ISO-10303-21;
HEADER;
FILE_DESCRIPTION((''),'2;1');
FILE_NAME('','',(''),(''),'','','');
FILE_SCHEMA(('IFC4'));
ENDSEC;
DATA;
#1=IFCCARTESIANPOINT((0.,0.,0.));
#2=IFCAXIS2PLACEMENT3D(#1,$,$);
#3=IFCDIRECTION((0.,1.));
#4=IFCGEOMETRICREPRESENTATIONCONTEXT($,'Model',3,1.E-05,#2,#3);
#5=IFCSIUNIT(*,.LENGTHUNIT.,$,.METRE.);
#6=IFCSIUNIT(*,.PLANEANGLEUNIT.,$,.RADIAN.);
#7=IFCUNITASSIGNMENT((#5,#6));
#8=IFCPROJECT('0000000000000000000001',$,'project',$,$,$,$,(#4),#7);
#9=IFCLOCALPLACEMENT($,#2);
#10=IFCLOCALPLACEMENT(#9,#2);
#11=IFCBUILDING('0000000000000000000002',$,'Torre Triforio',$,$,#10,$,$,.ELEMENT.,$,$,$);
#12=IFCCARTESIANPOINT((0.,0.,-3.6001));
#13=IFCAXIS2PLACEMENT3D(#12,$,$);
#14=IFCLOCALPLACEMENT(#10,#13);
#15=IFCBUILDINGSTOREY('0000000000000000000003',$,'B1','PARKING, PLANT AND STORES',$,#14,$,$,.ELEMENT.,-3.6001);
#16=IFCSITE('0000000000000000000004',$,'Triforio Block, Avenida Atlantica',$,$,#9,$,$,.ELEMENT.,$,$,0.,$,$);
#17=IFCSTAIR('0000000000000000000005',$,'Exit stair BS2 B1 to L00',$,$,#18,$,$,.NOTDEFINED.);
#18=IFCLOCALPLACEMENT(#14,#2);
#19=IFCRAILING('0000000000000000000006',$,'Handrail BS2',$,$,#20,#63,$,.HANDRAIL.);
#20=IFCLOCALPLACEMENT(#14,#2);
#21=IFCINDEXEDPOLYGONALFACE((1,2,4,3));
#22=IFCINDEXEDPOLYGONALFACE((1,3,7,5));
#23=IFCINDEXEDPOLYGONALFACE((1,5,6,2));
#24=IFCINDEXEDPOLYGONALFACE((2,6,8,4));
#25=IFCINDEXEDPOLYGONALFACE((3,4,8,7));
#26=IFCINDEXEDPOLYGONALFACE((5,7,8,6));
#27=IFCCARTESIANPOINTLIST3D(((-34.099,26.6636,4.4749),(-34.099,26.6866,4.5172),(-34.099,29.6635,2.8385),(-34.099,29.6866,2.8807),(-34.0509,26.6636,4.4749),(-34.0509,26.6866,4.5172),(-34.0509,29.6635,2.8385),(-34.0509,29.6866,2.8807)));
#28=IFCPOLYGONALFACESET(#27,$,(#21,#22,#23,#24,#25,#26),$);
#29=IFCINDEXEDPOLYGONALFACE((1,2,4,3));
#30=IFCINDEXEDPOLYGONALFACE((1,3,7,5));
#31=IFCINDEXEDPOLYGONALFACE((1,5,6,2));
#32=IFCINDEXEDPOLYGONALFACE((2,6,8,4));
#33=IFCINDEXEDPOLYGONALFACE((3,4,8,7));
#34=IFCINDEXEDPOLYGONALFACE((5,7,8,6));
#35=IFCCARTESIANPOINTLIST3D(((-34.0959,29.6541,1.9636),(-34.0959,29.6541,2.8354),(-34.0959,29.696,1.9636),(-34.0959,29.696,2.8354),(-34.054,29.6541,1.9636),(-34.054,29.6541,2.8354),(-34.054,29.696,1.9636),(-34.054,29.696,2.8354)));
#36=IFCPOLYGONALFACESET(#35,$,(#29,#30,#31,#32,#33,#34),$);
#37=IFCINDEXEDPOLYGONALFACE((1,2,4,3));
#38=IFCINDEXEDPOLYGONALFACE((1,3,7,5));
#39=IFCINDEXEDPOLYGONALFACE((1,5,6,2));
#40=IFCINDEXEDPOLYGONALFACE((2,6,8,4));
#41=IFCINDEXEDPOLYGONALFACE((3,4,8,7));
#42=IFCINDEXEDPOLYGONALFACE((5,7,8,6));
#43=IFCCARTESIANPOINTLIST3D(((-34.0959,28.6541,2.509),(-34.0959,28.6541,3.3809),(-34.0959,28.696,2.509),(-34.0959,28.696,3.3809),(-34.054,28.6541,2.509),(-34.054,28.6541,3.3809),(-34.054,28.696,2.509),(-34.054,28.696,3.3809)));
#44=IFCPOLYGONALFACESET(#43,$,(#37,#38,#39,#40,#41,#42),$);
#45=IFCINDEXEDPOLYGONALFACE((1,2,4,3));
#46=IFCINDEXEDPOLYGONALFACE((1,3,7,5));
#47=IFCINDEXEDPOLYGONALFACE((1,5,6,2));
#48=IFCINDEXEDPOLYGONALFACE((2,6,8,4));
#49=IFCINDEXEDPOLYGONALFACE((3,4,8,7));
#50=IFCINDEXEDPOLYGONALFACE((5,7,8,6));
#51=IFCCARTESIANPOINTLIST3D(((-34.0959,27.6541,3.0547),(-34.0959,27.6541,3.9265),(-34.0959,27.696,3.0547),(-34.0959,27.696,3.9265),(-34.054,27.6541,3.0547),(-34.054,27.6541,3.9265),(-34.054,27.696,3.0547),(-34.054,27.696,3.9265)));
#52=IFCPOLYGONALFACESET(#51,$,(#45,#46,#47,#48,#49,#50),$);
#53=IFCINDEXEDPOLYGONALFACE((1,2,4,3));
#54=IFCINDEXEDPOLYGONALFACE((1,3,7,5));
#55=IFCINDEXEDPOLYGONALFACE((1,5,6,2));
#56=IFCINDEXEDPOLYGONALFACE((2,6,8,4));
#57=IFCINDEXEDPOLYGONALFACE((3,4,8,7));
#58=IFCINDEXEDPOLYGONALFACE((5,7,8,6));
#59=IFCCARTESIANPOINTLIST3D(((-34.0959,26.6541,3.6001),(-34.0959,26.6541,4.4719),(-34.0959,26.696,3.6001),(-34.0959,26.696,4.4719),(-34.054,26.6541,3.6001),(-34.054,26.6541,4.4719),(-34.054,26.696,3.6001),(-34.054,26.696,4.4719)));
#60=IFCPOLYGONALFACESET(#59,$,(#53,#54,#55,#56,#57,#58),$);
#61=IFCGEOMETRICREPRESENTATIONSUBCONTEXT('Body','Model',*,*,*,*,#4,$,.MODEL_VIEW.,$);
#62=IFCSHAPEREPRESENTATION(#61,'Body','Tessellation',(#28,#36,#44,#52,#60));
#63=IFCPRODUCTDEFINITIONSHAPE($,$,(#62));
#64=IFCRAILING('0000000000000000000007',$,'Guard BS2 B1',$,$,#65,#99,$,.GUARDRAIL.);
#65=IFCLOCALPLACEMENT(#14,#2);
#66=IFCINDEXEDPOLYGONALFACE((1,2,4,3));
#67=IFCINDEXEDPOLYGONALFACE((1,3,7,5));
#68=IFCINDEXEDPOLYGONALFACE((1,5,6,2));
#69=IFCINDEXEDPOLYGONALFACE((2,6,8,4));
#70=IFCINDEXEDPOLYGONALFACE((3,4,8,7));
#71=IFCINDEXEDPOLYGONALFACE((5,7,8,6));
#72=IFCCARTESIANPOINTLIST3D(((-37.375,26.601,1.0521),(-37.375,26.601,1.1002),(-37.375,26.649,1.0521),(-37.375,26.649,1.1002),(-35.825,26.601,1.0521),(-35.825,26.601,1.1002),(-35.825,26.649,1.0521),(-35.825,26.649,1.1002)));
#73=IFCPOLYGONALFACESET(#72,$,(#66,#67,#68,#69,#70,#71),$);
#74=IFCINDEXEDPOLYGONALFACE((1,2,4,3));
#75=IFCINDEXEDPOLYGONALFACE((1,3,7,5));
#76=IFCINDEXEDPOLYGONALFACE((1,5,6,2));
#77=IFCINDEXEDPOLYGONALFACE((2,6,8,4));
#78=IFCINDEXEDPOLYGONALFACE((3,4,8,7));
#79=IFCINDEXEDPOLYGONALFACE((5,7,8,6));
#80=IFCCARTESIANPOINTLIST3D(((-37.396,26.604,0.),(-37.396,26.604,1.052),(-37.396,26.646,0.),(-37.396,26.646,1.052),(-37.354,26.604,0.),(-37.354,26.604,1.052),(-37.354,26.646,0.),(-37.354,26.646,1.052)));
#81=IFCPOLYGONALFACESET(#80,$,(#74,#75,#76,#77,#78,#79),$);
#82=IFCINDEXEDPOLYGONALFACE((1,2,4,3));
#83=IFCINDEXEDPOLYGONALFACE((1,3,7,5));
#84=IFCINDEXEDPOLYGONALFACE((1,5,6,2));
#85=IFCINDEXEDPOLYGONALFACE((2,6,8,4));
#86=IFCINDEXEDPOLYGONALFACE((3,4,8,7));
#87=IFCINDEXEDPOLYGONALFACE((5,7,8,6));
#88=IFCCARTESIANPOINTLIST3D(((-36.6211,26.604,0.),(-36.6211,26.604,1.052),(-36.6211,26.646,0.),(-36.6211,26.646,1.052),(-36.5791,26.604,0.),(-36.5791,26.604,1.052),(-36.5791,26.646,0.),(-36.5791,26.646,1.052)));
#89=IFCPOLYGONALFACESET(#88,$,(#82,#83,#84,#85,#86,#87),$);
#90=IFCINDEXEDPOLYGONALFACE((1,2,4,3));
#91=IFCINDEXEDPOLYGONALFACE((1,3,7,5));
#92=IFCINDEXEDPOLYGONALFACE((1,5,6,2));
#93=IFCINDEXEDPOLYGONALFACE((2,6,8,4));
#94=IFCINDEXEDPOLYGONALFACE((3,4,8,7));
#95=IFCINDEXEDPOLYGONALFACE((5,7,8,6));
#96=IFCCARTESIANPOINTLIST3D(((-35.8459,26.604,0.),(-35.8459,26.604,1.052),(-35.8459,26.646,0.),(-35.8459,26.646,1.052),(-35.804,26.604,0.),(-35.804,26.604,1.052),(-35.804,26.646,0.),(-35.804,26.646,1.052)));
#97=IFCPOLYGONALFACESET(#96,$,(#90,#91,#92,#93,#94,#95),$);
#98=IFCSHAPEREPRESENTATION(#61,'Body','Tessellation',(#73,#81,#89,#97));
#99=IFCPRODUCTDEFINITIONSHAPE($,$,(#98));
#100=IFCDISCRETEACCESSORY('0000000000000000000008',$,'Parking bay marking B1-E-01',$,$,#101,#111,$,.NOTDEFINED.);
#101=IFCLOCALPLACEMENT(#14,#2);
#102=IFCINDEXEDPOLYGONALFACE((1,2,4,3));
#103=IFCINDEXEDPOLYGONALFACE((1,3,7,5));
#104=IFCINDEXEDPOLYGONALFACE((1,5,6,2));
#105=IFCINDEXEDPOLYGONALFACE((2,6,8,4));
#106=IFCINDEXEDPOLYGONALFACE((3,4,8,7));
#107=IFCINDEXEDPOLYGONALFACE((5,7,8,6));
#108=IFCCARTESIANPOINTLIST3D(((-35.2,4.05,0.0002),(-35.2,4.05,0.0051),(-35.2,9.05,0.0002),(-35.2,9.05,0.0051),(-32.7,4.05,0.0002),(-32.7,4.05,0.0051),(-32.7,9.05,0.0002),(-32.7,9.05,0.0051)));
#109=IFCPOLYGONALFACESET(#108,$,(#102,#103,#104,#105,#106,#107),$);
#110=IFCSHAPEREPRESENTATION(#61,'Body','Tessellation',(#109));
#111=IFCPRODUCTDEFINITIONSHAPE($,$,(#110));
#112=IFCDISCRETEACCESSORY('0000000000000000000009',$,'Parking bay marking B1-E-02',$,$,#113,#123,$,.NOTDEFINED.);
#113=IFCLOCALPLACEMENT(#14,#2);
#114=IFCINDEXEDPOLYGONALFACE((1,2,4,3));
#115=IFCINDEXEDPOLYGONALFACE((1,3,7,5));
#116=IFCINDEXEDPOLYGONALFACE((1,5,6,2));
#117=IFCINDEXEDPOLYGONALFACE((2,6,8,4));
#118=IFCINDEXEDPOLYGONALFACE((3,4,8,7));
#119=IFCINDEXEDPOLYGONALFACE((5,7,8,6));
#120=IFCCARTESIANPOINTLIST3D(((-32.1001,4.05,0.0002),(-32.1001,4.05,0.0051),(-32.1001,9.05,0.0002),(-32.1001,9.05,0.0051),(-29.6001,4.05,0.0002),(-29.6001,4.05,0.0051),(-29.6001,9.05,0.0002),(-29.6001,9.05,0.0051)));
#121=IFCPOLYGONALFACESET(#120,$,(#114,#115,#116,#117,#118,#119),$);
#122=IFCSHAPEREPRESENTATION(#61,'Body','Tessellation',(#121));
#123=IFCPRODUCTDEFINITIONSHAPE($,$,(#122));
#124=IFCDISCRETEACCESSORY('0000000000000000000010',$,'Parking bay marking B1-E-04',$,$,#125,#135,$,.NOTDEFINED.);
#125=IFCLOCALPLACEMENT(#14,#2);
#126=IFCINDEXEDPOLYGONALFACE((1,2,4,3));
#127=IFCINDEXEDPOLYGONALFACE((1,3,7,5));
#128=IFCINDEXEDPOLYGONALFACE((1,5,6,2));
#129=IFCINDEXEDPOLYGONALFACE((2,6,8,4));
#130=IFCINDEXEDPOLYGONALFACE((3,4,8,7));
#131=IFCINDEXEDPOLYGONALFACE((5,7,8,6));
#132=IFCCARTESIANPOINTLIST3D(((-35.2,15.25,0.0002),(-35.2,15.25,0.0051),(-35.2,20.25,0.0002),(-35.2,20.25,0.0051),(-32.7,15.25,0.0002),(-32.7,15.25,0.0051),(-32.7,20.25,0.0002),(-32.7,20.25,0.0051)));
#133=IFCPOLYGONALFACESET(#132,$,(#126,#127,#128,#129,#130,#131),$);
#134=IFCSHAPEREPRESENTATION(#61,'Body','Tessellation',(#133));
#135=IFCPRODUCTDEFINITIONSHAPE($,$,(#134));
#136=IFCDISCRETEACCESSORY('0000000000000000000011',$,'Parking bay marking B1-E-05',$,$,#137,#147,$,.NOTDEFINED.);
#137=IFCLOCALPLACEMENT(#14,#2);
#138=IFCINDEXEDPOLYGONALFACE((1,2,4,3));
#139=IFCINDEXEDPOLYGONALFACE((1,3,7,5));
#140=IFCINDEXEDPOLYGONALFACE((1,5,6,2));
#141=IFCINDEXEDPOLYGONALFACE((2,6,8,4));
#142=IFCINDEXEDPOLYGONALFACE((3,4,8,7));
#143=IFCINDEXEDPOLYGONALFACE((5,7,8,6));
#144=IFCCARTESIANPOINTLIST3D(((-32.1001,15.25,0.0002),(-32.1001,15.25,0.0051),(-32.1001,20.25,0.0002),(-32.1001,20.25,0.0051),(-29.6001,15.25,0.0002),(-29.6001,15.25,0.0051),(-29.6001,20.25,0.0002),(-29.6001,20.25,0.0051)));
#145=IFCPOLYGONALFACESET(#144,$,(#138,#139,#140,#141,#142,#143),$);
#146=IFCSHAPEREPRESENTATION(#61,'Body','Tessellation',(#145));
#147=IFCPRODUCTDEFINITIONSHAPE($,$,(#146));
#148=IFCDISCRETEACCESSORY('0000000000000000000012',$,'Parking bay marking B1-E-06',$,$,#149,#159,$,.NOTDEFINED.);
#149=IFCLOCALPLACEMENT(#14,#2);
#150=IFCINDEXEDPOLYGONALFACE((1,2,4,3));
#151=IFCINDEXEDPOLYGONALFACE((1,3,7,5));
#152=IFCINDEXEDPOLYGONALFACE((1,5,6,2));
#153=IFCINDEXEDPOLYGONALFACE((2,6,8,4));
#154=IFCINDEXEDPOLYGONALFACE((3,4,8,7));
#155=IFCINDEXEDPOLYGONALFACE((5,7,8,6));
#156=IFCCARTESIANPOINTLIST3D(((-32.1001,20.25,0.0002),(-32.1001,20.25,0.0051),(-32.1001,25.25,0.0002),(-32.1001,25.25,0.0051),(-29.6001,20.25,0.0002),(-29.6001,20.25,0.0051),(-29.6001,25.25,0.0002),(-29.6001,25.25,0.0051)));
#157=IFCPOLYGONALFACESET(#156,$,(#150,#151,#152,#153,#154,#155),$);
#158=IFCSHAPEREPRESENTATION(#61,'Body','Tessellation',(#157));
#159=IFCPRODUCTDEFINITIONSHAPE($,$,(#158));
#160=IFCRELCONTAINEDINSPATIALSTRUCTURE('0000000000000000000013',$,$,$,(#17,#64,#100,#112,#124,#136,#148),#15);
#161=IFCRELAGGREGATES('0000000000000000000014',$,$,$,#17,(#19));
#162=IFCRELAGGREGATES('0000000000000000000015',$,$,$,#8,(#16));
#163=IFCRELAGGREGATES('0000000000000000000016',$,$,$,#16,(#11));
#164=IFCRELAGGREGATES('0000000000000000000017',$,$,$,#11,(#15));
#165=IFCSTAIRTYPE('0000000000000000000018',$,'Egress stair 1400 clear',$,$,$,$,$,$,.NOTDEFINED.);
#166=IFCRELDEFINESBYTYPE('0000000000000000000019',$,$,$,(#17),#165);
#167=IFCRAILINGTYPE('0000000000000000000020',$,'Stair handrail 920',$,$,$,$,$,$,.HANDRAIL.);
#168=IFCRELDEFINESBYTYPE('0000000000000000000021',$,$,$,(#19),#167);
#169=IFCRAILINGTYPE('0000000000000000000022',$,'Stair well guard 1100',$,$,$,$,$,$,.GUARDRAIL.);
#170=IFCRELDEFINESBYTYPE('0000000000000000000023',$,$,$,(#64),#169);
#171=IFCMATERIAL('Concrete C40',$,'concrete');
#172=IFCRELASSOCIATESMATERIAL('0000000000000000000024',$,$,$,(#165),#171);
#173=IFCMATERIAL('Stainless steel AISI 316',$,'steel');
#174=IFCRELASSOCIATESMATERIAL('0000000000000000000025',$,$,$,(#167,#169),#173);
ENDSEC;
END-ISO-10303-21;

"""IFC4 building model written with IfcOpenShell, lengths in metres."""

from ifc_helpers import new_model, si_unit, direction, frame, origin, origin_2d, place, context, subcontext, project, spatial, rectangle, extrude, material, type_object, element, aggregate, save


model = new_model("IFC4")

# Units and contexts
model_context = context("Model", 3, precision=1e-05, world=origin(), true_north=direction((0.0, 1.0)))
body_context = subcontext(model_context, "Body", "Model", "MODEL_VIEW")
ifc_project = project(units=[si_unit("LENGTHUNIT", "METRE"), si_unit("PLANEANGLEUNIT", "RADIAN")], contexts=[model_context])

# Site, building, storey
site_placement = place(None, origin())
site = spatial("IfcSite", under=ifc_project, at=site_placement, Name="Triforio Block, Avenida Atlantica", CompositionType="ELEMENT", RefElevation=0.0)
building_placement = place(site_placement, origin())
building = spatial("IfcBuilding", under=site, at=building_placement, Name="Torre Triforio", CompositionType="ELEMENT")
storey_placement = place(building_placement, frame((0.0, 0.0, -3.6001)))
storey = spatial("IfcBuildingStorey", under=building, at=storey_placement, Name="B1", Description="PARKING, PLANT AND STORES", CompositionType="ELEMENT", Elevation=-3.6001)

# Shared definitions
ifc_material_1 = material(Name="Concrete C40", Category="concrete")

# Stair, railing
stair_type = type_object("IfcStairType", Name="Egress stair 1400 clear", PredefinedType="NOTDEFINED", material=ifc_material_1)
stair_placement = place(storey_placement, origin())
stair = element("IfcStair", 1, at=stair_placement, inside=storey, type_object=stair_type, Name="Exit stair BS2 B1 to L00", PredefinedType="NOTDEFINED")
ifc_material_2 = material(Name="Stainless steel AISI 316", Category="steel")
railing_type_1 = type_object("IfcRailingType", Name="Stair handrail 920", PredefinedType="HANDRAIL", material=ifc_material_2)
railing_1_placement = place(storey_placement, frame((-34.075, 29.675, 1.9636)))
railing_1 = element("IfcRailing", 2, at=railing_1_placement, type_object=railing_type_1, Name="Handrail BS2", PredefinedType="HANDRAIL", context=body_context, shape_type="SweptSolid", body=[
    extrude(rectangle(XDim=0.0481, YDim=0.0481, at=origin_2d()), frame((0.0, 0.0, 0.896), z_axis=(0.0, -0.877882, 0.478877), x_axis=(1.0, 0.0, 0.0)), (0.0, 0.0, 1.0), 3.4172),
    extrude(rectangle(XDim=0.042, YDim=0.042, at=origin_2d()), origin(), (0.0, 0.0, 1.0), 0.8718),
    extrude(rectangle(XDim=0.042, YDim=0.042, at=origin_2d()), frame((0.0, -1.0, 0.5454)), (0.0, 0.0, 1.0), 0.8718),
    extrude(rectangle(XDim=0.042, YDim=0.042, at=origin_2d()), frame((0.0, -2.0, 1.0911)), (0.0, 0.0, 1.0), 0.8718),
    extrude(rectangle(XDim=0.042, YDim=0.042, at=origin_2d()), frame((0.0, -3.0, 1.6365)), (0.0, 0.0, 1.0), 0.8718),
])
aggregate(stair, [railing_1])

# Railing
railing_type_2 = type_object("IfcRailingType", Name="Stair well guard 1100", PredefinedType="GUARDRAIL", material=ifc_material_2)
railing_2_placement = place(storey_placement, frame((-37.375, 26.625, 0.0)))
element("IfcRailing", 3, at=railing_2_placement, inside=storey, type_object=railing_type_2, Name="Guard BS2 B1", PredefinedType="GUARDRAIL", context=body_context, shape_type="SweptSolid", body=[
    extrude(rectangle(XDim=0.0481, YDim=0.0481, at=origin_2d()), frame((0.0, 0.0, 1.0762), z_axis=(1.0, 0.0, 0.0), x_axis=(0.0, 1.0, 0.0)), (0.0, 0.0, 1.0), 1.55),
    extrude(rectangle(XDim=0.042, YDim=0.042, at=origin_2d()), origin(), (0.0, 0.0, 1.0), 1.052),
    extrude(rectangle(XDim=0.042, YDim=0.042, at=origin_2d()), frame((0.7749, 0.0, 0.0)), (0.0, 0.0, 1.0), 1.052),
    extrude(rectangle(XDim=0.042, YDim=0.042, at=origin_2d()), frame((1.55, 0.0, 0.0)), (0.0, 0.0, 1.0), 1.052),
])

# Discrete accessories
for number, where, z_axis, x_axis, name in (
    (4, (-33.95, 6.55, 0.0002), (0.0, 0.0, 1.0), (1.0, 0.0, 0.0), "Parking bay marking B1-E-01"),
    (5, (-30.8501, 6.55, 0.0002), (0.0, 0.0, 1.0), (1.0, 0.0, 0.0), "Parking bay marking B1-E-02"),
    (6, (-33.95, 17.75, 0.0002), (0.0, 0.0, 1.0), (1.0, 0.0, 0.0), "Parking bay marking B1-E-04"),
    (7, (-30.8501, 17.75, 0.0002), (0.0, 0.0, 1.0), (1.0, 0.0, 0.0), "Parking bay marking B1-E-05"),
    (8, (-30.8501, 22.75, 0.0002), (0.0, 0.0, 1.0), (1.0, 0.0, 0.0), "Parking bay marking B1-E-06"),
):
    element("IfcDiscreteAccessory", number, at=place(storey_placement, frame(where, z_axis=z_axis, x_axis=x_axis)), inside=storey, Name=name, PredefinedType="NOTDEFINED", context=body_context, shape_type="SweptSolid", body=[
        extrude(rectangle(XDim=2.5, YDim=5.0, at=origin_2d()), origin(), (0.0, 0.0, 1.0), 0.0049),
    ])

save(model, "model.ifc")
